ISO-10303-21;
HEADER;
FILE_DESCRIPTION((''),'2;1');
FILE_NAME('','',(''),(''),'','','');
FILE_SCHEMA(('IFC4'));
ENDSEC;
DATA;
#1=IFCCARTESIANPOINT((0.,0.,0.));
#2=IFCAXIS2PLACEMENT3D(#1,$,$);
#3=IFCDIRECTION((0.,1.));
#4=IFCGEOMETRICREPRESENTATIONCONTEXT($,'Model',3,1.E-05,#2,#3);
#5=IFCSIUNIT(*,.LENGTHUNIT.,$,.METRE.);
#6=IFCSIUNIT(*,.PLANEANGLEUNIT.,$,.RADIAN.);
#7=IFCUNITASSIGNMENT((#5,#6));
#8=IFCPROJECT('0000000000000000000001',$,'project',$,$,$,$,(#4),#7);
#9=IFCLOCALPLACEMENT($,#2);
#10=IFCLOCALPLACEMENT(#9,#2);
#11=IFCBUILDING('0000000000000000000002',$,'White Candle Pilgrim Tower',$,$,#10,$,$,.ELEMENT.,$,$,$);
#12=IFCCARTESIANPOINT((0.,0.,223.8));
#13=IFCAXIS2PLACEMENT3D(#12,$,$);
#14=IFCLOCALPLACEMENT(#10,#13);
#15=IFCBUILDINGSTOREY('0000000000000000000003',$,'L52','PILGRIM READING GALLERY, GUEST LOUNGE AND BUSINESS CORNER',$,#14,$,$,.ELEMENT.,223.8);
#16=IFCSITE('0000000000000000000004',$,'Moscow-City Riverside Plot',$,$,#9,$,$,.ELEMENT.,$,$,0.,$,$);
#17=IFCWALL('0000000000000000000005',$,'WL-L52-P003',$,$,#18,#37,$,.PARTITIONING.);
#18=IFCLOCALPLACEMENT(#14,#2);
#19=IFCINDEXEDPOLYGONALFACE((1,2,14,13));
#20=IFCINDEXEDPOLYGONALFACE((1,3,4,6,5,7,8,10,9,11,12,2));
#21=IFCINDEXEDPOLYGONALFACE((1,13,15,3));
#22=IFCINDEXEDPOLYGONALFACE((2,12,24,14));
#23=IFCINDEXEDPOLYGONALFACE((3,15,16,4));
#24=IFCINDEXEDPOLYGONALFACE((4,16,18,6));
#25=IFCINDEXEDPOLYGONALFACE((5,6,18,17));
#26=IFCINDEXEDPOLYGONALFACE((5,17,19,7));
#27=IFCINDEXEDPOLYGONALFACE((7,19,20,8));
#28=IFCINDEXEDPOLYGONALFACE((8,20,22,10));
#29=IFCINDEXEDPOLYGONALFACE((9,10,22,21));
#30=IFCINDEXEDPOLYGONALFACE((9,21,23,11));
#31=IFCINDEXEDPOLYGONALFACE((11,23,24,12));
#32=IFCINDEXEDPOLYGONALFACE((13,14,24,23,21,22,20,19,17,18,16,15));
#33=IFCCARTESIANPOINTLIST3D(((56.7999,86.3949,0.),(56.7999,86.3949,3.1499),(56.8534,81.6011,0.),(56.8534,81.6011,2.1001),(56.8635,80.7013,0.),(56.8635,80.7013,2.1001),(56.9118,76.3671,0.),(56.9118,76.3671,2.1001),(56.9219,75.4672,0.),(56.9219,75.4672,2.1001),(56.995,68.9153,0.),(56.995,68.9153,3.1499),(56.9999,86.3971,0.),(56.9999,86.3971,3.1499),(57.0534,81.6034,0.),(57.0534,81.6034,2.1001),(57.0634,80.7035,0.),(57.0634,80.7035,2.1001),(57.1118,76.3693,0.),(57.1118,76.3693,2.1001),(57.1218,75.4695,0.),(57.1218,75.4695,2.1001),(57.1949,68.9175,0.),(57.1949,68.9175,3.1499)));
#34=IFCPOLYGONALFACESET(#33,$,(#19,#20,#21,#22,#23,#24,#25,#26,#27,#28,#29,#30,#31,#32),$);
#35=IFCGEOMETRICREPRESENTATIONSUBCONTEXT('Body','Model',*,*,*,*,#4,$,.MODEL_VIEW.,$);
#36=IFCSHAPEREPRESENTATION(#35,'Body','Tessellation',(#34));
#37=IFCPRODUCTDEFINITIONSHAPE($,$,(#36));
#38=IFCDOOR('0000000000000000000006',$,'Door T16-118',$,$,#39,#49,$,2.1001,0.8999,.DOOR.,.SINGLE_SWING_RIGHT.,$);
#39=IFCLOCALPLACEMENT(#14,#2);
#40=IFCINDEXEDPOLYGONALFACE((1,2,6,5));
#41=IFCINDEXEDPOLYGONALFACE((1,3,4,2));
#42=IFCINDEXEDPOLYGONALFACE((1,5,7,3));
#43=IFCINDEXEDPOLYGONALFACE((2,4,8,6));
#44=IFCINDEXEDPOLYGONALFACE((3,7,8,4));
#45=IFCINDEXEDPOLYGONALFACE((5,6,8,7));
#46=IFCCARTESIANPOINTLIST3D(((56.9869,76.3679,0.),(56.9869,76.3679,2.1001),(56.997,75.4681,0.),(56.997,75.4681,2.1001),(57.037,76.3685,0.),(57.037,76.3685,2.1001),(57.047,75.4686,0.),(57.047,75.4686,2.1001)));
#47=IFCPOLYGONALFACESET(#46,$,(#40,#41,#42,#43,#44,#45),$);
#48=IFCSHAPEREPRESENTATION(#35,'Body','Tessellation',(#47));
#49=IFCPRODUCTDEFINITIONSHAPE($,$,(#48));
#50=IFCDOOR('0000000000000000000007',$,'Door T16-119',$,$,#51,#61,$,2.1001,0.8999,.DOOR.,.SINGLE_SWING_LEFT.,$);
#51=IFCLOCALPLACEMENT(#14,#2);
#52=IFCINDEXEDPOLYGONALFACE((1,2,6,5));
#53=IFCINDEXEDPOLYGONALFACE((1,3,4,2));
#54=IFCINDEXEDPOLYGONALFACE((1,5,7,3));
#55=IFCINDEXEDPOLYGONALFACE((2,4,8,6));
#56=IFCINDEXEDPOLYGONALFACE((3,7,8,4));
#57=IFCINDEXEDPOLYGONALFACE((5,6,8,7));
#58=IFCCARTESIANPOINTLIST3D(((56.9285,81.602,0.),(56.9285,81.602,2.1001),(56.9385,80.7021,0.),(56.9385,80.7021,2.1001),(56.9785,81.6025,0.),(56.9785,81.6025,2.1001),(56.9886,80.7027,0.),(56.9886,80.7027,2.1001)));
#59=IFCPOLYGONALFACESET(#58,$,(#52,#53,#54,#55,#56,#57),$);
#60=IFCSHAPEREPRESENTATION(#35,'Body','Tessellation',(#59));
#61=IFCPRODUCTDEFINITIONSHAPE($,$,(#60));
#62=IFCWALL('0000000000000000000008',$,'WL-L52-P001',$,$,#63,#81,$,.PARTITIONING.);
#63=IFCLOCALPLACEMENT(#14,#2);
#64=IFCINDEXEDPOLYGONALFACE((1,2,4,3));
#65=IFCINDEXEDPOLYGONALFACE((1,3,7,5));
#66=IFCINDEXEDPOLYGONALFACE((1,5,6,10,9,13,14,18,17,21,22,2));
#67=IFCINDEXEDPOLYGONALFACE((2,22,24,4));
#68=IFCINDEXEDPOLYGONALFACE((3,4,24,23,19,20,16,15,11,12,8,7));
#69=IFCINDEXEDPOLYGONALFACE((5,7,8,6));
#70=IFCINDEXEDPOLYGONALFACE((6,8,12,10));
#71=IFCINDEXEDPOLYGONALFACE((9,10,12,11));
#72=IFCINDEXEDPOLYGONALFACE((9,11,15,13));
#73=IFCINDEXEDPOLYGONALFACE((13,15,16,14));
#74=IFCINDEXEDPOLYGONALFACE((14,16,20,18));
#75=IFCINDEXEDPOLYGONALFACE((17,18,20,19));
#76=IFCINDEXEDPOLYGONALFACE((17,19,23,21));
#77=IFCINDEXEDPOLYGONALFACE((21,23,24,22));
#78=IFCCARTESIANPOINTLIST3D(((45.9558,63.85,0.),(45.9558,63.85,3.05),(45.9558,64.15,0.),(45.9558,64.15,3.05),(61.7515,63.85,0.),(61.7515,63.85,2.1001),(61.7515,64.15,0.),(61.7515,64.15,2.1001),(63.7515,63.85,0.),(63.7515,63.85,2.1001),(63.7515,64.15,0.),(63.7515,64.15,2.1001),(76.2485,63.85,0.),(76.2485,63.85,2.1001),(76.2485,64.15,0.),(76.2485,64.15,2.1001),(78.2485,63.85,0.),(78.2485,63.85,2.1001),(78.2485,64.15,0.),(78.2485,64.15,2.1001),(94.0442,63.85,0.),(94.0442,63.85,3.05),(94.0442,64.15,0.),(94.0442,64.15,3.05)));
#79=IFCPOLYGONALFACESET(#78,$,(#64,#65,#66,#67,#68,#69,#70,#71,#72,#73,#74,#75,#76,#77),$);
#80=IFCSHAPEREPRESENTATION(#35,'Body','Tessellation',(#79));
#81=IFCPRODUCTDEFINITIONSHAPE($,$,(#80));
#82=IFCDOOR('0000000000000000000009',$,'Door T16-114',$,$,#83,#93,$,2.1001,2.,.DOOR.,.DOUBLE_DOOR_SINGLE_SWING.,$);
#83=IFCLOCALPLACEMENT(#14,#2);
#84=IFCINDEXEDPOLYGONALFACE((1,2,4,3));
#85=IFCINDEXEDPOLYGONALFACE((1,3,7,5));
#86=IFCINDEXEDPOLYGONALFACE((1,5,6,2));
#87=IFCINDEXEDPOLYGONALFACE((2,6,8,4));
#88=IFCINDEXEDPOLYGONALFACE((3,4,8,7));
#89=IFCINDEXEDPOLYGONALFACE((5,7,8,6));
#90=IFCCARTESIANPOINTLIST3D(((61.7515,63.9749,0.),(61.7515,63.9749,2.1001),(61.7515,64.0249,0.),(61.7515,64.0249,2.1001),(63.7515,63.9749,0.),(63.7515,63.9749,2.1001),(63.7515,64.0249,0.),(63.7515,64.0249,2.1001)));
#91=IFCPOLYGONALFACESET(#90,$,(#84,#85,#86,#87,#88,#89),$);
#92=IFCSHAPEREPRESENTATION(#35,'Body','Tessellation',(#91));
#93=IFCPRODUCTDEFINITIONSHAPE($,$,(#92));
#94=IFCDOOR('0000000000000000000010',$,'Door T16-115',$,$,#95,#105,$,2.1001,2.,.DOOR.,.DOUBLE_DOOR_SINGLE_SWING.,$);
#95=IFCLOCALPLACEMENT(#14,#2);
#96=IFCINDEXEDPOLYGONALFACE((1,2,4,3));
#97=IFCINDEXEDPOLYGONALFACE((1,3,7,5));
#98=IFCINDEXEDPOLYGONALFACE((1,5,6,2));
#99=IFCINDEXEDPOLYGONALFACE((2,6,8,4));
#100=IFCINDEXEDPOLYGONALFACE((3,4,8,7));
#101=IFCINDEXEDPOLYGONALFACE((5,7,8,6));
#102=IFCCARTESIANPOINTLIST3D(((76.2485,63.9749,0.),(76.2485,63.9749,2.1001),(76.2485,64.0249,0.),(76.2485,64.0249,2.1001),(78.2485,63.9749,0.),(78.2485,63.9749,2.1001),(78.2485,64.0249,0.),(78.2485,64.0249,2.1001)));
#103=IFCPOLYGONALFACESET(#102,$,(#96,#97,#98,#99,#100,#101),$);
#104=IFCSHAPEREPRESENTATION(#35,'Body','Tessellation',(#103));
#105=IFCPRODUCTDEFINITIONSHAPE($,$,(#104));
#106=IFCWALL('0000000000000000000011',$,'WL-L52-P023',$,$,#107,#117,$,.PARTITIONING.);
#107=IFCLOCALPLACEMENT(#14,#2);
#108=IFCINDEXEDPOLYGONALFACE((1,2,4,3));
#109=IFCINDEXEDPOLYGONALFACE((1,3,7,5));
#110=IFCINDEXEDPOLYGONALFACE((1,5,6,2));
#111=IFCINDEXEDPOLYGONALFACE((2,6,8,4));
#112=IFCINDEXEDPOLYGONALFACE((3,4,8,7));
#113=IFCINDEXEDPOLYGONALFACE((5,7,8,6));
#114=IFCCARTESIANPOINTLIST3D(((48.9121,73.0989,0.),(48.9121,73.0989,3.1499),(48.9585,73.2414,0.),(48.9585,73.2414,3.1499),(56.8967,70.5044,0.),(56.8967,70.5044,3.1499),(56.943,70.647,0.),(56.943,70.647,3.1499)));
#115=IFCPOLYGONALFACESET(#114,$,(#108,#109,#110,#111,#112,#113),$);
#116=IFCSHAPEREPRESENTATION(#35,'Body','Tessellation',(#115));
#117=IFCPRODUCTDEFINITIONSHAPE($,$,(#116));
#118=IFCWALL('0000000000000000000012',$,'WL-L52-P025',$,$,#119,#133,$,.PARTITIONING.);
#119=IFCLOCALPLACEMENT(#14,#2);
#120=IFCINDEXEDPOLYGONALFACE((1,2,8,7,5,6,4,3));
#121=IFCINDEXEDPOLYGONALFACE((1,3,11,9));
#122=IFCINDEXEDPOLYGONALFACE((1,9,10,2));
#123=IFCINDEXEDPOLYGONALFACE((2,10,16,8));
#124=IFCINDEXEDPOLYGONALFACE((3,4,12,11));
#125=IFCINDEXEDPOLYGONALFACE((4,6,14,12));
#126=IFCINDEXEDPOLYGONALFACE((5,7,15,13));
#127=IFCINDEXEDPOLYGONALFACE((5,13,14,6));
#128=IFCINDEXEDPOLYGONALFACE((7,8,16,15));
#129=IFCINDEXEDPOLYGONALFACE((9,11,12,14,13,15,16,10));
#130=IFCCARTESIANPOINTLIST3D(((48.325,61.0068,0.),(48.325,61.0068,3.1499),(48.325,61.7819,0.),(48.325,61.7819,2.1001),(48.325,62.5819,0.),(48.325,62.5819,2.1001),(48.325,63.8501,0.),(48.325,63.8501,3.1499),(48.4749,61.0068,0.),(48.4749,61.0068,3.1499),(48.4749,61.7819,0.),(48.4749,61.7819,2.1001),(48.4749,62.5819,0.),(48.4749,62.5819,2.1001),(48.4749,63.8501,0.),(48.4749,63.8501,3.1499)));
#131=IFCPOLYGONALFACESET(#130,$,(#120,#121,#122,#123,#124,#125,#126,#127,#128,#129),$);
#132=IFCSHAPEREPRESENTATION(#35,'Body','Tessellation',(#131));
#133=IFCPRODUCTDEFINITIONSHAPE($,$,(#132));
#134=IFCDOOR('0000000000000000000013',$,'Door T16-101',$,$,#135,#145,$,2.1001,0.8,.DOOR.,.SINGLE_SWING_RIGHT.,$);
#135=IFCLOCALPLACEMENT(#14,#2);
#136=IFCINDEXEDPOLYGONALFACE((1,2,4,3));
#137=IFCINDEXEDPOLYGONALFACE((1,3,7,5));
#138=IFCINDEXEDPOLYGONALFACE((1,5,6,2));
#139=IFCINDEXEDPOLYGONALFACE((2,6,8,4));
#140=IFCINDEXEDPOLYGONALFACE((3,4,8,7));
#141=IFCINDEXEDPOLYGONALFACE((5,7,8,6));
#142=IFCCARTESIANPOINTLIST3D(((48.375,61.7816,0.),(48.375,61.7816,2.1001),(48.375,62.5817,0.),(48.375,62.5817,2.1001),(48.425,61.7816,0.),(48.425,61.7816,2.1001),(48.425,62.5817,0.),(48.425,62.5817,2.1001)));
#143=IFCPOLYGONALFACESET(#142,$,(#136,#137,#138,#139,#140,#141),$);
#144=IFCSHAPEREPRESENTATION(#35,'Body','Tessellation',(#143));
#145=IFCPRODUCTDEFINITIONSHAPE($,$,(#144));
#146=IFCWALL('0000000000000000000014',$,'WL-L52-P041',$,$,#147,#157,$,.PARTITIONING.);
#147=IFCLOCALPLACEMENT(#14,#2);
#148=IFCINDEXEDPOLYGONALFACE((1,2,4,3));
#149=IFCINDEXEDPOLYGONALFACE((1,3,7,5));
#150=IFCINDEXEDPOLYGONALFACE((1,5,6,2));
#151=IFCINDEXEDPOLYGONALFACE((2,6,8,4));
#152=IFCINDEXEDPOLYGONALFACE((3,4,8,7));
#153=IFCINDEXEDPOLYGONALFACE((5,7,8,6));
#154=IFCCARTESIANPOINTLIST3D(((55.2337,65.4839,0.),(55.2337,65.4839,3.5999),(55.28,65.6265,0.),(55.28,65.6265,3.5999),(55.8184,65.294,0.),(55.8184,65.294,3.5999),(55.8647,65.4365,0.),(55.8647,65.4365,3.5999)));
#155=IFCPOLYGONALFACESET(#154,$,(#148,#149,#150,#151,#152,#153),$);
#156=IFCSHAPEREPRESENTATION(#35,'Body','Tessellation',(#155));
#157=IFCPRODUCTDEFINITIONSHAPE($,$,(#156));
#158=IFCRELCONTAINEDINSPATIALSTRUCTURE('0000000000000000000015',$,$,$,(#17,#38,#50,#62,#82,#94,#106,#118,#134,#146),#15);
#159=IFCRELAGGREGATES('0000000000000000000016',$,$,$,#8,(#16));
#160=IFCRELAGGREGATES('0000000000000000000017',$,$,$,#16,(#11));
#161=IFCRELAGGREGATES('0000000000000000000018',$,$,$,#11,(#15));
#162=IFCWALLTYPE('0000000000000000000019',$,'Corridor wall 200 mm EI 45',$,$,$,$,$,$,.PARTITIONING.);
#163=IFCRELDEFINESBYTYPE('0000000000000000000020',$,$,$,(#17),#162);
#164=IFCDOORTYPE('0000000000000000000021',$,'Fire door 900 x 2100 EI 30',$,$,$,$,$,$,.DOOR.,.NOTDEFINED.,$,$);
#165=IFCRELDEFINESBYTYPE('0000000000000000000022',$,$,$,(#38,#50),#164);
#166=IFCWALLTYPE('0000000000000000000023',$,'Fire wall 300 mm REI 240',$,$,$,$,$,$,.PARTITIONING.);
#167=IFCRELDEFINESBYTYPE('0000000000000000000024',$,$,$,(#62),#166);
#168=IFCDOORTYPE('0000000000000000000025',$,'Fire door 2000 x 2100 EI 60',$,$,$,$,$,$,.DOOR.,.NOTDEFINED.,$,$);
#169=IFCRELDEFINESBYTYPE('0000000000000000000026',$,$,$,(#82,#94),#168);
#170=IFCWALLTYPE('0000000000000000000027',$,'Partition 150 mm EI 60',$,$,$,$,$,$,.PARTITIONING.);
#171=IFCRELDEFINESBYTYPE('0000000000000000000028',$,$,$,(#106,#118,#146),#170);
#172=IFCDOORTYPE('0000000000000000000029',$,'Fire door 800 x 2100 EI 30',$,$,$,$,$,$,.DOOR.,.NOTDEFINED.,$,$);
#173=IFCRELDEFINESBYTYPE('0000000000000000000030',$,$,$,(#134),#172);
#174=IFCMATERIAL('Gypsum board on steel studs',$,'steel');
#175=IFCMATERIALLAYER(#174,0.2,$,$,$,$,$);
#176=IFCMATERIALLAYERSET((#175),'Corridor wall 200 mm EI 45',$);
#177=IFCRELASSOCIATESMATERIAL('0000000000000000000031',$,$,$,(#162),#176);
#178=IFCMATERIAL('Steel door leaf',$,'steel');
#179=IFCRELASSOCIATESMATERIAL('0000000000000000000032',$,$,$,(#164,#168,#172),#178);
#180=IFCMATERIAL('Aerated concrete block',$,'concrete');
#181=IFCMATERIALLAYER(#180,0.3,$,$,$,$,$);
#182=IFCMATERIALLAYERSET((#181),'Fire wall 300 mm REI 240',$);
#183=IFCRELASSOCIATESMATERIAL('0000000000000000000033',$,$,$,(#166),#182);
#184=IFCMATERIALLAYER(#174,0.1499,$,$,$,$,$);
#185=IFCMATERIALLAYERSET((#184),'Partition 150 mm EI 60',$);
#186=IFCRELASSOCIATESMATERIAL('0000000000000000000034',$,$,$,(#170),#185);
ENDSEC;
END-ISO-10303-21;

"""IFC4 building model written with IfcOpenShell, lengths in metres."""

from ifc_helpers import new_model, si_unit, direction, frame, frame_2d, origin, place, context, subcontext, project, spatial, rectangle, extrude, material, layer, layer_set, type_object, element, fill, save


model = new_model("IFC4")

# Units and contexts
model_context = context("Model", 3, precision=1e-05, world=origin(), true_north=direction((0.0, 1.0)))
body_context = subcontext(model_context, "Body", "Model", "MODEL_VIEW")
ifc_project = project(units=[si_unit("LENGTHUNIT", "METRE"), si_unit("PLANEANGLEUNIT", "RADIAN")], contexts=[model_context])

# Site, building, storey
site_placement = place(None, origin())
site = spatial("IfcSite", under=ifc_project, at=site_placement, Name="Moscow-City Riverside Plot", CompositionType="ELEMENT", RefElevation=0.0)
building_placement = place(site_placement, origin())
building = spatial("IfcBuilding", under=site, at=building_placement, Name="White Candle Pilgrim Tower", CompositionType="ELEMENT")
storey_placement = place(building_placement, frame((0.0, 0.0, 223.8)))
storey = spatial("IfcBuildingStorey", under=building, at=storey_placement, Name="L52", Description="PILGRIM READING GALLERY, GUEST LOUNGE AND BUSINESS CORNER", CompositionType="ELEMENT", Elevation=223.8)

# Shared definitions
ifc_material_1 = material(Name="Gypsum board on steel studs", Category="steel")
ifc_layer_1 = layer(ifc_material_1, 0.2)
ifc_layer_set_1 = layer_set([ifc_layer_1], Name="Corridor wall 200 mm EI 45")
wall_type_1 = type_object("IfcWallType", Name="Corridor wall 200 mm EI 45", PredefinedType="PARTITIONING", material=ifc_layer_set_1)

# Walls, openings, doors
wall_1_placement = place(storey_placement, frame((57.095, 68.9165, 0.0), z_axis=(0.0, 0.0, 1.0), x_axis=(-0.011159, 0.999938, 0.0)))
wall_1 = element("IfcWall", 1, at=wall_1_placement, inside=storey, type_object=wall_type_1, Name="WL-L52-P003", PredefinedType="PARTITIONING", context=body_context, shape_type="SweptSolid", body=[
    extrude(rectangle(XDim=17.4807, YDim=0.2, at=frame_2d((8.7402, 0.0))), origin(), (0.0, 0.0, 1.0), 3.1499),
])
opening_1_placement = place(wall_1_placement, frame((6.5522, 0.0, 0.0)))
opening_1 = element("IfcOpeningElement", 2, at=opening_1_placement, cuts=wall_1, PredefinedType="OPENING", context=body_context, shape_type="SweptSolid", body=[
    extrude(rectangle(XDim=0.8999, YDim=2.1001, at=frame_2d((0.45, 1.05))), frame((0.0, 0.1099, 0.0), z_axis=(0.0, -1.0, 0.0), x_axis=(1.0, 0.0, 0.0)), (0.0, 0.0, 1.0), 0.22),
])
opening_2_placement = place(wall_1_placement, frame((11.7866, 0.0, 0.0)))
opening_2 = element("IfcOpeningElement", 3, at=opening_2_placement, cuts=wall_1, PredefinedType="OPENING", context=body_context, shape_type="SweptSolid", body=[
    extrude(rectangle(XDim=0.8999, YDim=2.1001, at=frame_2d((0.45, 1.05))), frame((0.0, 0.1099, 0.0), z_axis=(0.0, -1.0, 0.0), x_axis=(1.0, 0.0, 0.0)), (0.0, 0.0, 1.0), 0.22),
])
ifc_material_2 = material(Name="Steel door leaf", Category="steel")
door_type_1 = type_object("IfcDoorType", Name="Fire door 900 x 2100 EI 30", OperationType="NOTDEFINED", PredefinedType="DOOR", material=ifc_material_2)
door_1_placement = place(opening_1_placement, origin())
door_1 = element("IfcDoor", 4, at=door_1_placement, inside=storey, type_object=door_type_1, Name="Door T16-118", OperationType="SINGLE_SWING_RIGHT", OverallHeight=2.1001, OverallWidth=0.8999, PredefinedType="DOOR", context=body_context, shape_type="SweptSolid", body=[
    extrude(rectangle(XDim=0.8999, YDim=2.1001, at=frame_2d((0.45, 1.05))), frame((0.0, 0.0249, 0.0), z_axis=(0.0, -1.0, 0.0), x_axis=(1.0, 0.0, 0.0)), (0.0, 0.0, 1.0), 0.05),
])
fill(opening_1, door_1)
door_2_placement = place(opening_2_placement, origin())
door_2 = element("IfcDoor", 5, at=door_2_placement, inside=storey, type_object=door_type_1, Name="Door T16-119", OperationType="SINGLE_SWING_LEFT", OverallHeight=2.1001, OverallWidth=0.8999, PredefinedType="DOOR", context=body_context, shape_type="SweptSolid", body=[
    extrude(rectangle(XDim=0.8999, YDim=2.1001, at=frame_2d((0.45, 1.05))), frame((0.0, 0.0249, 0.0), z_axis=(0.0, -1.0, 0.0), x_axis=(1.0, 0.0, 0.0)), (0.0, 0.0, 1.0), 0.05),
])
fill(opening_2, door_2)
ifc_material_3 = material(Name="Aerated concrete block", Category="concrete")
ifc_layer_2 = layer(ifc_material_3, 0.3)
ifc_layer_set_2 = layer_set([ifc_layer_2], Name="Fire wall 300 mm REI 240")
wall_type_2 = type_object("IfcWallType", Name="Fire wall 300 mm REI 240", PredefinedType="PARTITIONING", material=ifc_layer_set_2)
wall_2_placement = place(storey_placement, frame((45.9558, 64.0, 0.0), z_axis=(0.0, 0.0, 1.0), x_axis=(1.0, 0.0, 0.0)))
wall_2 = element("IfcWall", 6, at=wall_2_placement, inside=storey, type_object=wall_type_2, Name="WL-L52-P001", PredefinedType="PARTITIONING", context=body_context, shape_type="SweptSolid", body=[
    extrude(rectangle(XDim=48.0884, YDim=0.3, at=frame_2d((24.0442, 0.0))), origin(), (0.0, 0.0, 1.0), 3.05),
])
opening_3_placement = place(wall_2_placement, frame((15.7957, 0.0, 0.0)))
opening_3 = element("IfcOpeningElement", 7, at=opening_3_placement, cuts=wall_2, PredefinedType="OPENING", context=body_context, shape_type="SweptSolid", body=[
    extrude(rectangle(XDim=2.0, YDim=2.1001, at=frame_2d((1.0, 1.05))), frame((0.0, 0.1599, 0.0), z_axis=(0.0, -1.0, 0.0), x_axis=(1.0, 0.0, 0.0)), (0.0, 0.0, 1.0), 0.3201),
])
opening_4_placement = place(wall_2_placement, frame((30.2927, 0.0, 0.0)))
opening_4 = element("IfcOpeningElement", 8, at=opening_4_placement, cuts=wall_2, PredefinedType="OPENING", context=body_context, shape_type="SweptSolid", body=[
    extrude(rectangle(XDim=2.0, YDim=2.1001, at=frame_2d((1.0, 1.05))), frame((0.0, 0.1599, 0.0), z_axis=(0.0, -1.0, 0.0), x_axis=(1.0, 0.0, 0.0)), (0.0, 0.0, 1.0), 0.3201),
])
door_type_2 = type_object("IfcDoorType", Name="Fire door 2000 x 2100 EI 60", OperationType="NOTDEFINED", PredefinedType="DOOR", material=ifc_material_2)
door_3_placement = place(opening_3_placement, origin())
door_3 = element("IfcDoor", 9, at=door_3_placement, inside=storey, type_object=door_type_2, Name="Door T16-114", OperationType="DOUBLE_DOOR_SINGLE_SWING", OverallHeight=2.1001, OverallWidth=2.0, PredefinedType="DOOR", context=body_context, shape_type="SweptSolid", body=[
    extrude(rectangle(XDim=2.0, YDim=2.1001, at=frame_2d((1.0, 1.05))), frame((0.0, 0.0249, 0.0), z_axis=(0.0, -1.0, 0.0), x_axis=(1.0, 0.0, 0.0)), (0.0, 0.0, 1.0), 0.05),
])
fill(opening_3, door_3)
door_4_placement = place(opening_4_placement, origin())
door_4 = element("IfcDoor", 10, at=door_4_placement, inside=storey, type_object=door_type_2, Name="Door T16-115", OperationType="DOUBLE_DOOR_SINGLE_SWING", OverallHeight=2.1001, OverallWidth=2.0, PredefinedType="DOOR", context=body_context, shape_type="SweptSolid", body=[
    extrude(rectangle(XDim=2.0, YDim=2.1001, at=frame_2d((1.0, 1.05))), frame((0.0, 0.0249, 0.0), z_axis=(0.0, -1.0, 0.0), x_axis=(1.0, 0.0, 0.0)), (0.0, 0.0, 1.0), 0.05),
])
fill(opening_4, door_4)

# Wall
ifc_layer_3 = layer(ifc_material_1, 0.1499)
ifc_layer_set_3 = layer_set([ifc_layer_3], Name="Partition 150 mm EI 60")
wall_type_3 = type_object("IfcWallType", Name="Partition 150 mm EI 60", PredefinedType="PARTITIONING", material=ifc_layer_set_3)
wall_3_placement = place(storey_placement, frame((48.9353, 73.1702, 0.0), z_axis=(0.0, 0.0, 1.0), x_axis=(0.951052, -0.30903, 0.0)))
element("IfcWall", 11, at=wall_3_placement, inside=storey, type_object=wall_type_3, Name="WL-L52-P023", PredefinedType="PARTITIONING", context=body_context, shape_type="SweptSolid", body=[
    extrude(rectangle(XDim=8.3955, YDim=0.1499, at=frame_2d((4.1978, 0.0))), origin(), (0.0, 0.0, 1.0), 3.1499),
])

# Wall, opening, door
wall_4_placement = place(storey_placement, frame((48.3999, 63.8501, 0.0), z_axis=(0.0, 0.0, 1.0), x_axis=(0.0, -1.0, 0.0)))
wall_4 = element("IfcWall", 12, at=wall_4_placement, inside=storey, type_object=wall_type_3, Name="WL-L52-P025", PredefinedType="PARTITIONING", context=body_context, shape_type="SweptSolid", body=[
    extrude(rectangle(XDim=2.8433, YDim=0.1499, at=frame_2d((1.4216, 0.0))), origin(), (0.0, 0.0, 1.0), 3.1499),
])
opening_5_placement = place(wall_4_placement, frame((1.2683, 0.0, 0.0)))
opening_5 = element("IfcOpeningElement", 13, at=opening_5_placement, cuts=wall_4, PredefinedType="OPENING", context=body_context, shape_type="SweptSolid", body=[
    extrude(rectangle(XDim=0.8, YDim=2.1001, at=frame_2d((0.3999, 1.05))), frame((0.0, 0.085, 0.0), z_axis=(0.0, -1.0, 0.0), x_axis=(1.0, 0.0, 0.0)), (0.0, 0.0, 1.0), 0.1699),
])
door_type_3 = type_object("IfcDoorType", Name="Fire door 800 x 2100 EI 30", OperationType="NOTDEFINED", PredefinedType="DOOR", material=ifc_material_2)
door_5_placement = place(opening_5_placement, frame((0.8, 0.0, 0.0), z_axis=(0.0, 0.0, 1.0), x_axis=(-1.0, 0.0, 0.0)))
door_5 = element("IfcDoor", 14, at=door_5_placement, inside=storey, type_object=door_type_3, Name="Door T16-101", OperationType="SINGLE_SWING_RIGHT", OverallHeight=2.1001, OverallWidth=0.8, PredefinedType="DOOR", context=body_context, shape_type="SweptSolid", body=[
    extrude(rectangle(XDim=0.8, YDim=2.1001, at=frame_2d((0.3999, 1.05))), frame((0.0, 0.0249, 0.0), z_axis=(0.0, -1.0, 0.0), x_axis=(1.0, 0.0, 0.0)), (0.0, 0.0, 1.0), 0.05),
])
fill(opening_5, door_5)

# Wall
wall_5_placement = place(storey_placement, frame((55.2568, 65.5552, 0.0), z_axis=(0.0, 0.0, 1.0), x_axis=(0.951078, -0.308951, 0.0)))
element("IfcWall", 15, at=wall_5_placement, inside=storey, type_object=wall_type_3, Name="WL-L52-P041", PredefinedType="PARTITIONING", context=body_context, shape_type="SweptSolid", body=[
    extrude(rectangle(XDim=0.6147, YDim=0.1499, at=frame_2d((0.3074, 0.0))), origin(), (0.0, 0.0, 1.0), 3.5999),
])

save(model, "model.ifc")
